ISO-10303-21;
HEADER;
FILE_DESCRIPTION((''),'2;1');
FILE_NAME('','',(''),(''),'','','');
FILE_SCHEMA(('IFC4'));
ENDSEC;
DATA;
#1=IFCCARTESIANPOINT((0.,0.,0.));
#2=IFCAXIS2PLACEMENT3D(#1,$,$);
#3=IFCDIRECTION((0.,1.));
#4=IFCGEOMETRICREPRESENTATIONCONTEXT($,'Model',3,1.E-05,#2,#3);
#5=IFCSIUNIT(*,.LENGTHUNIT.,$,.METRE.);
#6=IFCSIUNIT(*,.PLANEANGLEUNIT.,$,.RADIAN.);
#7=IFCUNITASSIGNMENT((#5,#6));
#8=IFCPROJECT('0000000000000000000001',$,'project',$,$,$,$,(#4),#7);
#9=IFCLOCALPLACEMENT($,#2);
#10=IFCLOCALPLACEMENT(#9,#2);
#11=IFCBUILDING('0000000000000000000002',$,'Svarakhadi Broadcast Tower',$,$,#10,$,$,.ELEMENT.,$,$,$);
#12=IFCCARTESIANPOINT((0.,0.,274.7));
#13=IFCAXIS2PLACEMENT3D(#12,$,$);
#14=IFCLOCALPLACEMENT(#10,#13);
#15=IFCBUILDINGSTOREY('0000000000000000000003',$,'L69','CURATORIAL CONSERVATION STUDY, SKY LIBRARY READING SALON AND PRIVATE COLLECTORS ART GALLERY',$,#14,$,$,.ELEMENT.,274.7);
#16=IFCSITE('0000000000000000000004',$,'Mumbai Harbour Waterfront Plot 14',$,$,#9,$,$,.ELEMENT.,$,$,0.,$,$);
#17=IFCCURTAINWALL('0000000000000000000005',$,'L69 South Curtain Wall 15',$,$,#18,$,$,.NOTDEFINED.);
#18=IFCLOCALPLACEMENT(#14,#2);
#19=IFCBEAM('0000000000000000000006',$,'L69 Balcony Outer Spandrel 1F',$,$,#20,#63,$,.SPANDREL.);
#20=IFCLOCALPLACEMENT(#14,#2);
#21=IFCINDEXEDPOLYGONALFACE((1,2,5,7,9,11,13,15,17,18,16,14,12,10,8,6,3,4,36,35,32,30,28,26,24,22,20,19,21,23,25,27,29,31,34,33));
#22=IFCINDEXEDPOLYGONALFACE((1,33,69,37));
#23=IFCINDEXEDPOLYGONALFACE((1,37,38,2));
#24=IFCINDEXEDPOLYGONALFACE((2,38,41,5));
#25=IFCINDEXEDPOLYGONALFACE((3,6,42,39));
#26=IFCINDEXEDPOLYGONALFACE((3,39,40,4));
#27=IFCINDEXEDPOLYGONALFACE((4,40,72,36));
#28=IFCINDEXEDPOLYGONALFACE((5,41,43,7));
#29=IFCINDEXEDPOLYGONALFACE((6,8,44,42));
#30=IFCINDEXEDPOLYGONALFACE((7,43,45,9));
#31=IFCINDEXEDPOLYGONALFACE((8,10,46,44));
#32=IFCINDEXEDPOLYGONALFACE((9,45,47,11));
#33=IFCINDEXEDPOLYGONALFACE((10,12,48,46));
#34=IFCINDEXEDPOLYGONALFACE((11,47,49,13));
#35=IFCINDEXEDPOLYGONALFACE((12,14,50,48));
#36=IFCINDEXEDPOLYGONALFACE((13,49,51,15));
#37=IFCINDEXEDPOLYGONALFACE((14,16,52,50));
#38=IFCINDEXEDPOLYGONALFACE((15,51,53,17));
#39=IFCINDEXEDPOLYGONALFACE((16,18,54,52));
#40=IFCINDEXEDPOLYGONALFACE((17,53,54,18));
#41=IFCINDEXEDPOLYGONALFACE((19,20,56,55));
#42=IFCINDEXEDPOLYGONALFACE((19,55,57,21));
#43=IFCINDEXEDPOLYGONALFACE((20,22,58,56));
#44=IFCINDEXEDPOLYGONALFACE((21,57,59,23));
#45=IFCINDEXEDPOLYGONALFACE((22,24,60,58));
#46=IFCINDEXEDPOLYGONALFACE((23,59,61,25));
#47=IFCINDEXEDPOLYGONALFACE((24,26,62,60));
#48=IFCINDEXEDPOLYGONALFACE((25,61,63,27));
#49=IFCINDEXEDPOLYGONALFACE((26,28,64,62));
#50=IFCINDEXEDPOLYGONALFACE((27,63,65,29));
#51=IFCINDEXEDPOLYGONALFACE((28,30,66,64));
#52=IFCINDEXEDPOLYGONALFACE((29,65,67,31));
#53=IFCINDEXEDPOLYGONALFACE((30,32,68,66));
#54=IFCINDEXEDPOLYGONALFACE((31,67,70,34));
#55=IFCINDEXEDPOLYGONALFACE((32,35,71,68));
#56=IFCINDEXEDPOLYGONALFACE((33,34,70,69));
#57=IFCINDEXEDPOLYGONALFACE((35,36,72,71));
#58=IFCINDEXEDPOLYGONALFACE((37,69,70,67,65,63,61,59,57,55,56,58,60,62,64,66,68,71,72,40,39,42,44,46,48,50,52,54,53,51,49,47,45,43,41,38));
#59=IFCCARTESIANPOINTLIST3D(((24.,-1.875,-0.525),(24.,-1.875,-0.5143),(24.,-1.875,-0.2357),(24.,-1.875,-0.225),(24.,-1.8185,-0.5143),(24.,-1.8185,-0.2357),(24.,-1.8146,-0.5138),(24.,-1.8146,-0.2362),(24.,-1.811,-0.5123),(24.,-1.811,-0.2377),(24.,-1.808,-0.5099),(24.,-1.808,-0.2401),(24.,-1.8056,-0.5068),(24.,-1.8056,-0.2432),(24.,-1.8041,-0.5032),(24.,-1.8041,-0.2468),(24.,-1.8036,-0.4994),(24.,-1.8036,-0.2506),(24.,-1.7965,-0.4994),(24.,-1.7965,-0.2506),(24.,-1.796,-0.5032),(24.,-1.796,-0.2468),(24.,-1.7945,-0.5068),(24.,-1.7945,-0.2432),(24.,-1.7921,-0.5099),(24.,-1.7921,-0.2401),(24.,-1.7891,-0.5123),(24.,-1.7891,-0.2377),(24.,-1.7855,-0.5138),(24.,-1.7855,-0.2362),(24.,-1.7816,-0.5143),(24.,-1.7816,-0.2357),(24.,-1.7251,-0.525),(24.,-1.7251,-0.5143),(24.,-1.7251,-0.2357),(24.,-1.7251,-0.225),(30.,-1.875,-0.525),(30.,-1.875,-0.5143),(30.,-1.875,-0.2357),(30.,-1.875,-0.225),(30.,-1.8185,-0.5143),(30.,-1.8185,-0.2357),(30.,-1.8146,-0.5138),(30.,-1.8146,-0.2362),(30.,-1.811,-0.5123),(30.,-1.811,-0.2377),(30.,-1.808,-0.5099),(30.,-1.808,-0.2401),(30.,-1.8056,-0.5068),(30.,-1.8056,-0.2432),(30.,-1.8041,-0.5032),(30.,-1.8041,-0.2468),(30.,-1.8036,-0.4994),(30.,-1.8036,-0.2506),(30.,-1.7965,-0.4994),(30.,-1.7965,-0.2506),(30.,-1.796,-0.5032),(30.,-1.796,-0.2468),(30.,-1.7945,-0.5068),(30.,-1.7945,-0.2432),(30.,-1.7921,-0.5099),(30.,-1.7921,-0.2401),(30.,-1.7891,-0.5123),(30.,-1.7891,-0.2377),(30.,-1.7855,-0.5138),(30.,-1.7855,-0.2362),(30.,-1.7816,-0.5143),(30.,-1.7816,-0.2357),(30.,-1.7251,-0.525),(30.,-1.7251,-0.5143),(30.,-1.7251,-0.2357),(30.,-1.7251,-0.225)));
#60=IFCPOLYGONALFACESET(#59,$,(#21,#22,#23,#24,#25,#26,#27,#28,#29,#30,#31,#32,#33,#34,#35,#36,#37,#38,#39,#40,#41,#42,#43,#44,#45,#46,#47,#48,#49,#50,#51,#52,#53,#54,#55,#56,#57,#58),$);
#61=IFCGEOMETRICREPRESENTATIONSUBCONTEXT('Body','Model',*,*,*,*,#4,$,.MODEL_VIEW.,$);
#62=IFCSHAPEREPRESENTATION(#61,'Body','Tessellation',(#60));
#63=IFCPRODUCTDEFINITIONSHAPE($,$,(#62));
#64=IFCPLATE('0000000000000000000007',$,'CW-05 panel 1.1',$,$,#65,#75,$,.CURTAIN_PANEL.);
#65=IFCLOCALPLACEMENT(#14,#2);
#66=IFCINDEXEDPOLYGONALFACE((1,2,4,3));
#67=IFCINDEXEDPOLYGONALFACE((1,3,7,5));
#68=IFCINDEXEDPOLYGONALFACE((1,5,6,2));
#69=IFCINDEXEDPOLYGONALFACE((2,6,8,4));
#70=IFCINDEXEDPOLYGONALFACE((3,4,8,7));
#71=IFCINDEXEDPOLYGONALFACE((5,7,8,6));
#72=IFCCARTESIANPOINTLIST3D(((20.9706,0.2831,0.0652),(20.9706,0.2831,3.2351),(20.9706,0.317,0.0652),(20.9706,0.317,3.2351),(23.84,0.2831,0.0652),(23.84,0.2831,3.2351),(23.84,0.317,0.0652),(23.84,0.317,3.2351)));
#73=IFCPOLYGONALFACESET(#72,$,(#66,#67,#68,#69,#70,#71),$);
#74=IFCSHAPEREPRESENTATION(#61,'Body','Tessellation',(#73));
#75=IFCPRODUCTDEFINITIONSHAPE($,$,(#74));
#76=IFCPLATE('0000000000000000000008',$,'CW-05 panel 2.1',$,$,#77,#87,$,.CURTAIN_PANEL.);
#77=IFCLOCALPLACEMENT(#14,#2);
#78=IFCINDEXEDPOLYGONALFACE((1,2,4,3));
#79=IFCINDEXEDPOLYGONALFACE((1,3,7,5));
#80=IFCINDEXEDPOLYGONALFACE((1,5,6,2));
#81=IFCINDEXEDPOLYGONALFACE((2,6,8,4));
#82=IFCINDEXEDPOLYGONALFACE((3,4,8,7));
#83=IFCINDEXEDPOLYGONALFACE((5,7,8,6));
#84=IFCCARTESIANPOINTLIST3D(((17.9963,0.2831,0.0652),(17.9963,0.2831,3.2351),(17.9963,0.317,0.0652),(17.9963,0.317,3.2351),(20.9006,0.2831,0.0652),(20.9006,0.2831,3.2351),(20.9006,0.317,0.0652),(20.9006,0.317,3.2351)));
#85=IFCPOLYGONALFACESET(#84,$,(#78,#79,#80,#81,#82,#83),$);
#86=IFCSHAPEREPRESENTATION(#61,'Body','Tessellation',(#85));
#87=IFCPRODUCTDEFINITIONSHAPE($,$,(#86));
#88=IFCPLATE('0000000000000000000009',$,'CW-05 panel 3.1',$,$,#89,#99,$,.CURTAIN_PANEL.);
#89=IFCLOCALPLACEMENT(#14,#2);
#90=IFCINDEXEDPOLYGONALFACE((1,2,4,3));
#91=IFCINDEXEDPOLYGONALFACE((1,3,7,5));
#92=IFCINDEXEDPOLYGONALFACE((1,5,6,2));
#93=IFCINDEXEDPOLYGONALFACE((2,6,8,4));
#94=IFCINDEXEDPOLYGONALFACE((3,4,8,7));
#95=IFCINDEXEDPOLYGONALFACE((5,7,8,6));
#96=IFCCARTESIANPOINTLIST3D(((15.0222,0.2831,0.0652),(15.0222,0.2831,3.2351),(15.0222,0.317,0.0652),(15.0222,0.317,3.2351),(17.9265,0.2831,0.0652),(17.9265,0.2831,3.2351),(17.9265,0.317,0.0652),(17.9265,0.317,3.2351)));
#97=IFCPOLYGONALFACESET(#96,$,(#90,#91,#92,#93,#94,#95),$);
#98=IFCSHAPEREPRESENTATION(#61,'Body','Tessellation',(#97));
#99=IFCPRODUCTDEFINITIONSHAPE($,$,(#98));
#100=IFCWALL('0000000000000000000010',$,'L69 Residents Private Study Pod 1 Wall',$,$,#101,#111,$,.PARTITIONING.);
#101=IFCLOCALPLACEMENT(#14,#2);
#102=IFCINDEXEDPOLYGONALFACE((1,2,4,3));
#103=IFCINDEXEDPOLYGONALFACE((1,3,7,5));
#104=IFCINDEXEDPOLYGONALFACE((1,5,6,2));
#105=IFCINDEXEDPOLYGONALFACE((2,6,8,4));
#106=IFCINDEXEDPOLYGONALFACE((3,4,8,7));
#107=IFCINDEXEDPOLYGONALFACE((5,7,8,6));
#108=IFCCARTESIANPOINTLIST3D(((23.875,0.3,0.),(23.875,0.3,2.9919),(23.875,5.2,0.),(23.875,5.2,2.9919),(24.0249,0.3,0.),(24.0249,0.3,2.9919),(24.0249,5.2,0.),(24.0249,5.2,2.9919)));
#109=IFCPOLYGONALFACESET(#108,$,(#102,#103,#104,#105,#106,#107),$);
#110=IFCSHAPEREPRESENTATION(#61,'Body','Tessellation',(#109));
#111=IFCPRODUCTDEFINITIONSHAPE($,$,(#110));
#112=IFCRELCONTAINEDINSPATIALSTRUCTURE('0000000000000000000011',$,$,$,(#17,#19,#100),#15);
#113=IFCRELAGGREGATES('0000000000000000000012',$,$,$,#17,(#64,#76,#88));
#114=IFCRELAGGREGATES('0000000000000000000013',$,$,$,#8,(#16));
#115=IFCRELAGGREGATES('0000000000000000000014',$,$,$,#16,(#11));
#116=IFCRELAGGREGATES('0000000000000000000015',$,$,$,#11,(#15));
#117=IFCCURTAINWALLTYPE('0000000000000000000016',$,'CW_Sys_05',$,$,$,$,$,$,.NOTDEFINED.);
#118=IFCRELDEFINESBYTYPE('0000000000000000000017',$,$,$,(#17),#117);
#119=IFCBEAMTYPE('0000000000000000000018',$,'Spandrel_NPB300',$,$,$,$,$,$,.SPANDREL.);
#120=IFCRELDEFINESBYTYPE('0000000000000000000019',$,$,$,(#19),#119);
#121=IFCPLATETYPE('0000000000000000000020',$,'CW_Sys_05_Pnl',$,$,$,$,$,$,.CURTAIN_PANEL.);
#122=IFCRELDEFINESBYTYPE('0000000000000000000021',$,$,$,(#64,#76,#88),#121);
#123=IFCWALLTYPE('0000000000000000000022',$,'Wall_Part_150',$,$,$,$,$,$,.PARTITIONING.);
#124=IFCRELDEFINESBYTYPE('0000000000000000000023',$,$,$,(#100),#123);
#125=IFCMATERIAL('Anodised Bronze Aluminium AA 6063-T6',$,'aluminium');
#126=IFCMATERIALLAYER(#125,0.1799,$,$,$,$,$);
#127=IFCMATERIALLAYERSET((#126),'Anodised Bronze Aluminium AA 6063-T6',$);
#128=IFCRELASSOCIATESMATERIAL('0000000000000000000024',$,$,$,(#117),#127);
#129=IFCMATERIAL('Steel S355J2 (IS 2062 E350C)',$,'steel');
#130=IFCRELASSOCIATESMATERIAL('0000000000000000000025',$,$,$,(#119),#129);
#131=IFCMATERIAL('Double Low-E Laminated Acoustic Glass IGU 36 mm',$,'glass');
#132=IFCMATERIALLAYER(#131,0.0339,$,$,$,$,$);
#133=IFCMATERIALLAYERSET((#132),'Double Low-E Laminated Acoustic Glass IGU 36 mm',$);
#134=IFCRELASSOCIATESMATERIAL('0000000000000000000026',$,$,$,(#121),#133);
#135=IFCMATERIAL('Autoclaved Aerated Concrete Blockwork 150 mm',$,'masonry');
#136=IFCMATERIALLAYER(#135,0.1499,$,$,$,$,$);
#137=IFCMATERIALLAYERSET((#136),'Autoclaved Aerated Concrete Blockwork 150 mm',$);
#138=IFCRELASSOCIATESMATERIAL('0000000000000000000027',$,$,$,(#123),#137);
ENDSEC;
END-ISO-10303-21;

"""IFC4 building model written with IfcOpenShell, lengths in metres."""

from ifc_helpers import new_model, si_unit, direction, frame, frame_2d, origin, origin_2d, place, context, subcontext, project, spatial, rectangle, i_section, extrude, material, layer, layer_set, material_profile, profile_set, type_object, element, aggregate, save


model = new_model("IFC4")

# Units and contexts
model_context = context("Model", 3, precision=1e-05, world=origin(), true_north=direction((0.0, 1.0)))
body_context = subcontext(model_context, "Body", "Model", "MODEL_VIEW")
ifc_project = project(units=[si_unit("LENGTHUNIT", "METRE"), si_unit("PLANEANGLEUNIT", "RADIAN")], contexts=[model_context])

# Site, building, storey
site_placement = place(None, origin())
site = spatial("IfcSite", under=ifc_project, at=site_placement, Name="Mumbai Harbour Waterfront Plot 14", CompositionType="ELEMENT", RefElevation=0.0)
building_placement = place(site_placement, origin())
building = spatial("IfcBuilding", under=site, at=building_placement, Name="Svarakhadi Broadcast Tower", CompositionType="ELEMENT")
storey_placement = place(building_placement, frame((0.0, 0.0, 274.7)))
storey = spatial("IfcBuildingStorey", under=building, at=storey_placement, Name="L69", Description="CURATORIAL CONSERVATION STUDY, SKY LIBRARY READING SALON AND PRIVATE COLLECTORS ART GALLERY", CompositionType="ELEMENT", Elevation=274.7)

# Curtain wall
ifc_material_1 = material(Name="Anodised Bronze Aluminium AA 6063-T6", Category="aluminium")
ifc_layer_1 = layer(ifc_material_1, 0.1799)
ifc_layer_set_1 = layer_set([ifc_layer_1], Name="Anodised Bronze Aluminium AA 6063-T6")
curtain_wall_type = type_object("IfcCurtainWallType", Name="CW_Sys_05", PredefinedType="NOTDEFINED", material=ifc_layer_set_1)
curtain_wall_placement = place(storey_placement, origin())
curtain_wall = element("IfcCurtainWall", 1, at=curtain_wall_placement, inside=storey, type_object=curtain_wall_type, Name="L69 South Curtain Wall 15", PredefinedType="NOTDEFINED")

# Beam
ifc_material_2 = material(Name="Steel S355J2 (IS 2062 E350C)", Category="steel")
ifc_material_profile_1 = material_profile(ifc_material_2, i_section(OverallWidth=0.1499, OverallDepth=0.3, WebThickness=0.0071, FlangeThickness=0.0107, FilletRadius=0.0149, at=origin_2d()), Name="NPB 300x150x37")
ifc_profile_set_1 = profile_set([ifc_material_profile_1], Name="Steel S355J2 (IS 2062 E350C)")
beam_type_1 = type_object("IfcBeamType", Name="Spandrel_NPB300", PredefinedType="SPANDREL", material=ifc_profile_set_1)
beam_1_placement = place(storey_placement, frame((24.0, -1.8, -0.375), z_axis=(1.0, 0.0, 0.0), x_axis=(0.0, 1.0, 0.0)))
element("IfcBeam", 2, at=beam_1_placement, inside=storey, type_object=beam_type_1, Name="L69 Balcony Outer Spandrel 1F", PredefinedType="SPANDREL", context=body_context, shape_type="SweptSolid", body=[
    extrude(i_section(OverallWidth=0.1499, OverallDepth=0.3, WebThickness=0.0071, FlangeThickness=0.0107, FilletRadius=0.0149, at=origin_2d()), origin(), (0.0, 0.0, 1.0), 6.0),
])

# Plates
ifc_material_3 = material(Name="Double Low-E Laminated Acoustic Glass IGU 36 mm", Category="glass")
ifc_layer_2 = layer(ifc_material_3, 0.0339)
ifc_layer_set_2 = layer_set([ifc_layer_2], Name="Double Low-E Laminated Acoustic Glass IGU 36 mm")
plate_type = type_object("IfcPlateType", Name="CW_Sys_05_Pnl", PredefinedType="CURTAIN_PANEL", material=ifc_layer_set_2)
plate_1_placement = place(storey_placement, frame((22.4053, 0.3, 0.0652), z_axis=(0.0, 0.0, 1.0), x_axis=(-1.0, 0.0, 0.0)))
plate_1 = element("IfcPlate", 3, at=plate_1_placement, type_object=plate_type, Name="CW-05 panel 1.1", PredefinedType="CURTAIN_PANEL", context=body_context, shape_type="SweptSolid", body=[
    extrude(rectangle(XDim=2.8694, YDim=0.0339, at=origin_2d()), origin(), (0.0, 0.0, 1.0), 3.1699),
])
plate_2_placement = place(storey_placement, frame((19.4485, 0.3, 0.0652), z_axis=(0.0, 0.0, 1.0), x_axis=(-1.0, 0.0, 0.0)))
plate_2 = element("IfcPlate", 4, at=plate_2_placement, type_object=plate_type, Name="CW-05 panel 2.1", PredefinedType="CURTAIN_PANEL", context=body_context, shape_type="SweptSolid", body=[
    extrude(rectangle(XDim=2.9043, YDim=0.0339, at=origin_2d()), origin(), (0.0, 0.0, 1.0), 3.1699),
])
plate_3_placement = place(storey_placement, frame((16.4744, 0.3, 0.0652), z_axis=(0.0, 0.0, 1.0), x_axis=(-1.0, 0.0, 0.0)))
plate_3 = element("IfcPlate", 5, at=plate_3_placement, type_object=plate_type, Name="CW-05 panel 3.1", PredefinedType="CURTAIN_PANEL", context=body_context, shape_type="SweptSolid", body=[
    extrude(rectangle(XDim=2.9043, YDim=0.0339, at=origin_2d()), origin(), (0.0, 0.0, 1.0), 3.1699),
])
aggregate(curtain_wall, [plate_1, plate_2, plate_3])

# Wall
ifc_material_4 = material(Name="Autoclaved Aerated Concrete Blockwork 150 mm", Category="masonry")
ifc_layer_3 = layer(ifc_material_4, 0.1499)
ifc_layer_set_3 = layer_set([ifc_layer_3], Name="Autoclaved Aerated Concrete Blockwork 150 mm")
wall_type = type_object("IfcWallType", Name="Wall_Part_150", PredefinedType="PARTITIONING", material=ifc_layer_set_3)
wall_placement = place(storey_placement, frame((23.95, 0.3, 0.0), z_axis=(0.0, 0.0, 1.0), x_axis=(0.0, 1.0, 0.0)))
element("IfcWall", 6, at=wall_placement, inside=storey, type_object=wall_type, Name="L69 Residents Private Study Pod 1 Wall", PredefinedType="PARTITIONING", context=body_context, shape_type="SweptSolid", body=[
    extrude(rectangle(XDim=4.8999, YDim=0.1499, at=frame_2d((2.45, 0.0))), origin(), (0.0, 0.0, 1.0), 2.9919),
])

save(model, "model.ifc")
